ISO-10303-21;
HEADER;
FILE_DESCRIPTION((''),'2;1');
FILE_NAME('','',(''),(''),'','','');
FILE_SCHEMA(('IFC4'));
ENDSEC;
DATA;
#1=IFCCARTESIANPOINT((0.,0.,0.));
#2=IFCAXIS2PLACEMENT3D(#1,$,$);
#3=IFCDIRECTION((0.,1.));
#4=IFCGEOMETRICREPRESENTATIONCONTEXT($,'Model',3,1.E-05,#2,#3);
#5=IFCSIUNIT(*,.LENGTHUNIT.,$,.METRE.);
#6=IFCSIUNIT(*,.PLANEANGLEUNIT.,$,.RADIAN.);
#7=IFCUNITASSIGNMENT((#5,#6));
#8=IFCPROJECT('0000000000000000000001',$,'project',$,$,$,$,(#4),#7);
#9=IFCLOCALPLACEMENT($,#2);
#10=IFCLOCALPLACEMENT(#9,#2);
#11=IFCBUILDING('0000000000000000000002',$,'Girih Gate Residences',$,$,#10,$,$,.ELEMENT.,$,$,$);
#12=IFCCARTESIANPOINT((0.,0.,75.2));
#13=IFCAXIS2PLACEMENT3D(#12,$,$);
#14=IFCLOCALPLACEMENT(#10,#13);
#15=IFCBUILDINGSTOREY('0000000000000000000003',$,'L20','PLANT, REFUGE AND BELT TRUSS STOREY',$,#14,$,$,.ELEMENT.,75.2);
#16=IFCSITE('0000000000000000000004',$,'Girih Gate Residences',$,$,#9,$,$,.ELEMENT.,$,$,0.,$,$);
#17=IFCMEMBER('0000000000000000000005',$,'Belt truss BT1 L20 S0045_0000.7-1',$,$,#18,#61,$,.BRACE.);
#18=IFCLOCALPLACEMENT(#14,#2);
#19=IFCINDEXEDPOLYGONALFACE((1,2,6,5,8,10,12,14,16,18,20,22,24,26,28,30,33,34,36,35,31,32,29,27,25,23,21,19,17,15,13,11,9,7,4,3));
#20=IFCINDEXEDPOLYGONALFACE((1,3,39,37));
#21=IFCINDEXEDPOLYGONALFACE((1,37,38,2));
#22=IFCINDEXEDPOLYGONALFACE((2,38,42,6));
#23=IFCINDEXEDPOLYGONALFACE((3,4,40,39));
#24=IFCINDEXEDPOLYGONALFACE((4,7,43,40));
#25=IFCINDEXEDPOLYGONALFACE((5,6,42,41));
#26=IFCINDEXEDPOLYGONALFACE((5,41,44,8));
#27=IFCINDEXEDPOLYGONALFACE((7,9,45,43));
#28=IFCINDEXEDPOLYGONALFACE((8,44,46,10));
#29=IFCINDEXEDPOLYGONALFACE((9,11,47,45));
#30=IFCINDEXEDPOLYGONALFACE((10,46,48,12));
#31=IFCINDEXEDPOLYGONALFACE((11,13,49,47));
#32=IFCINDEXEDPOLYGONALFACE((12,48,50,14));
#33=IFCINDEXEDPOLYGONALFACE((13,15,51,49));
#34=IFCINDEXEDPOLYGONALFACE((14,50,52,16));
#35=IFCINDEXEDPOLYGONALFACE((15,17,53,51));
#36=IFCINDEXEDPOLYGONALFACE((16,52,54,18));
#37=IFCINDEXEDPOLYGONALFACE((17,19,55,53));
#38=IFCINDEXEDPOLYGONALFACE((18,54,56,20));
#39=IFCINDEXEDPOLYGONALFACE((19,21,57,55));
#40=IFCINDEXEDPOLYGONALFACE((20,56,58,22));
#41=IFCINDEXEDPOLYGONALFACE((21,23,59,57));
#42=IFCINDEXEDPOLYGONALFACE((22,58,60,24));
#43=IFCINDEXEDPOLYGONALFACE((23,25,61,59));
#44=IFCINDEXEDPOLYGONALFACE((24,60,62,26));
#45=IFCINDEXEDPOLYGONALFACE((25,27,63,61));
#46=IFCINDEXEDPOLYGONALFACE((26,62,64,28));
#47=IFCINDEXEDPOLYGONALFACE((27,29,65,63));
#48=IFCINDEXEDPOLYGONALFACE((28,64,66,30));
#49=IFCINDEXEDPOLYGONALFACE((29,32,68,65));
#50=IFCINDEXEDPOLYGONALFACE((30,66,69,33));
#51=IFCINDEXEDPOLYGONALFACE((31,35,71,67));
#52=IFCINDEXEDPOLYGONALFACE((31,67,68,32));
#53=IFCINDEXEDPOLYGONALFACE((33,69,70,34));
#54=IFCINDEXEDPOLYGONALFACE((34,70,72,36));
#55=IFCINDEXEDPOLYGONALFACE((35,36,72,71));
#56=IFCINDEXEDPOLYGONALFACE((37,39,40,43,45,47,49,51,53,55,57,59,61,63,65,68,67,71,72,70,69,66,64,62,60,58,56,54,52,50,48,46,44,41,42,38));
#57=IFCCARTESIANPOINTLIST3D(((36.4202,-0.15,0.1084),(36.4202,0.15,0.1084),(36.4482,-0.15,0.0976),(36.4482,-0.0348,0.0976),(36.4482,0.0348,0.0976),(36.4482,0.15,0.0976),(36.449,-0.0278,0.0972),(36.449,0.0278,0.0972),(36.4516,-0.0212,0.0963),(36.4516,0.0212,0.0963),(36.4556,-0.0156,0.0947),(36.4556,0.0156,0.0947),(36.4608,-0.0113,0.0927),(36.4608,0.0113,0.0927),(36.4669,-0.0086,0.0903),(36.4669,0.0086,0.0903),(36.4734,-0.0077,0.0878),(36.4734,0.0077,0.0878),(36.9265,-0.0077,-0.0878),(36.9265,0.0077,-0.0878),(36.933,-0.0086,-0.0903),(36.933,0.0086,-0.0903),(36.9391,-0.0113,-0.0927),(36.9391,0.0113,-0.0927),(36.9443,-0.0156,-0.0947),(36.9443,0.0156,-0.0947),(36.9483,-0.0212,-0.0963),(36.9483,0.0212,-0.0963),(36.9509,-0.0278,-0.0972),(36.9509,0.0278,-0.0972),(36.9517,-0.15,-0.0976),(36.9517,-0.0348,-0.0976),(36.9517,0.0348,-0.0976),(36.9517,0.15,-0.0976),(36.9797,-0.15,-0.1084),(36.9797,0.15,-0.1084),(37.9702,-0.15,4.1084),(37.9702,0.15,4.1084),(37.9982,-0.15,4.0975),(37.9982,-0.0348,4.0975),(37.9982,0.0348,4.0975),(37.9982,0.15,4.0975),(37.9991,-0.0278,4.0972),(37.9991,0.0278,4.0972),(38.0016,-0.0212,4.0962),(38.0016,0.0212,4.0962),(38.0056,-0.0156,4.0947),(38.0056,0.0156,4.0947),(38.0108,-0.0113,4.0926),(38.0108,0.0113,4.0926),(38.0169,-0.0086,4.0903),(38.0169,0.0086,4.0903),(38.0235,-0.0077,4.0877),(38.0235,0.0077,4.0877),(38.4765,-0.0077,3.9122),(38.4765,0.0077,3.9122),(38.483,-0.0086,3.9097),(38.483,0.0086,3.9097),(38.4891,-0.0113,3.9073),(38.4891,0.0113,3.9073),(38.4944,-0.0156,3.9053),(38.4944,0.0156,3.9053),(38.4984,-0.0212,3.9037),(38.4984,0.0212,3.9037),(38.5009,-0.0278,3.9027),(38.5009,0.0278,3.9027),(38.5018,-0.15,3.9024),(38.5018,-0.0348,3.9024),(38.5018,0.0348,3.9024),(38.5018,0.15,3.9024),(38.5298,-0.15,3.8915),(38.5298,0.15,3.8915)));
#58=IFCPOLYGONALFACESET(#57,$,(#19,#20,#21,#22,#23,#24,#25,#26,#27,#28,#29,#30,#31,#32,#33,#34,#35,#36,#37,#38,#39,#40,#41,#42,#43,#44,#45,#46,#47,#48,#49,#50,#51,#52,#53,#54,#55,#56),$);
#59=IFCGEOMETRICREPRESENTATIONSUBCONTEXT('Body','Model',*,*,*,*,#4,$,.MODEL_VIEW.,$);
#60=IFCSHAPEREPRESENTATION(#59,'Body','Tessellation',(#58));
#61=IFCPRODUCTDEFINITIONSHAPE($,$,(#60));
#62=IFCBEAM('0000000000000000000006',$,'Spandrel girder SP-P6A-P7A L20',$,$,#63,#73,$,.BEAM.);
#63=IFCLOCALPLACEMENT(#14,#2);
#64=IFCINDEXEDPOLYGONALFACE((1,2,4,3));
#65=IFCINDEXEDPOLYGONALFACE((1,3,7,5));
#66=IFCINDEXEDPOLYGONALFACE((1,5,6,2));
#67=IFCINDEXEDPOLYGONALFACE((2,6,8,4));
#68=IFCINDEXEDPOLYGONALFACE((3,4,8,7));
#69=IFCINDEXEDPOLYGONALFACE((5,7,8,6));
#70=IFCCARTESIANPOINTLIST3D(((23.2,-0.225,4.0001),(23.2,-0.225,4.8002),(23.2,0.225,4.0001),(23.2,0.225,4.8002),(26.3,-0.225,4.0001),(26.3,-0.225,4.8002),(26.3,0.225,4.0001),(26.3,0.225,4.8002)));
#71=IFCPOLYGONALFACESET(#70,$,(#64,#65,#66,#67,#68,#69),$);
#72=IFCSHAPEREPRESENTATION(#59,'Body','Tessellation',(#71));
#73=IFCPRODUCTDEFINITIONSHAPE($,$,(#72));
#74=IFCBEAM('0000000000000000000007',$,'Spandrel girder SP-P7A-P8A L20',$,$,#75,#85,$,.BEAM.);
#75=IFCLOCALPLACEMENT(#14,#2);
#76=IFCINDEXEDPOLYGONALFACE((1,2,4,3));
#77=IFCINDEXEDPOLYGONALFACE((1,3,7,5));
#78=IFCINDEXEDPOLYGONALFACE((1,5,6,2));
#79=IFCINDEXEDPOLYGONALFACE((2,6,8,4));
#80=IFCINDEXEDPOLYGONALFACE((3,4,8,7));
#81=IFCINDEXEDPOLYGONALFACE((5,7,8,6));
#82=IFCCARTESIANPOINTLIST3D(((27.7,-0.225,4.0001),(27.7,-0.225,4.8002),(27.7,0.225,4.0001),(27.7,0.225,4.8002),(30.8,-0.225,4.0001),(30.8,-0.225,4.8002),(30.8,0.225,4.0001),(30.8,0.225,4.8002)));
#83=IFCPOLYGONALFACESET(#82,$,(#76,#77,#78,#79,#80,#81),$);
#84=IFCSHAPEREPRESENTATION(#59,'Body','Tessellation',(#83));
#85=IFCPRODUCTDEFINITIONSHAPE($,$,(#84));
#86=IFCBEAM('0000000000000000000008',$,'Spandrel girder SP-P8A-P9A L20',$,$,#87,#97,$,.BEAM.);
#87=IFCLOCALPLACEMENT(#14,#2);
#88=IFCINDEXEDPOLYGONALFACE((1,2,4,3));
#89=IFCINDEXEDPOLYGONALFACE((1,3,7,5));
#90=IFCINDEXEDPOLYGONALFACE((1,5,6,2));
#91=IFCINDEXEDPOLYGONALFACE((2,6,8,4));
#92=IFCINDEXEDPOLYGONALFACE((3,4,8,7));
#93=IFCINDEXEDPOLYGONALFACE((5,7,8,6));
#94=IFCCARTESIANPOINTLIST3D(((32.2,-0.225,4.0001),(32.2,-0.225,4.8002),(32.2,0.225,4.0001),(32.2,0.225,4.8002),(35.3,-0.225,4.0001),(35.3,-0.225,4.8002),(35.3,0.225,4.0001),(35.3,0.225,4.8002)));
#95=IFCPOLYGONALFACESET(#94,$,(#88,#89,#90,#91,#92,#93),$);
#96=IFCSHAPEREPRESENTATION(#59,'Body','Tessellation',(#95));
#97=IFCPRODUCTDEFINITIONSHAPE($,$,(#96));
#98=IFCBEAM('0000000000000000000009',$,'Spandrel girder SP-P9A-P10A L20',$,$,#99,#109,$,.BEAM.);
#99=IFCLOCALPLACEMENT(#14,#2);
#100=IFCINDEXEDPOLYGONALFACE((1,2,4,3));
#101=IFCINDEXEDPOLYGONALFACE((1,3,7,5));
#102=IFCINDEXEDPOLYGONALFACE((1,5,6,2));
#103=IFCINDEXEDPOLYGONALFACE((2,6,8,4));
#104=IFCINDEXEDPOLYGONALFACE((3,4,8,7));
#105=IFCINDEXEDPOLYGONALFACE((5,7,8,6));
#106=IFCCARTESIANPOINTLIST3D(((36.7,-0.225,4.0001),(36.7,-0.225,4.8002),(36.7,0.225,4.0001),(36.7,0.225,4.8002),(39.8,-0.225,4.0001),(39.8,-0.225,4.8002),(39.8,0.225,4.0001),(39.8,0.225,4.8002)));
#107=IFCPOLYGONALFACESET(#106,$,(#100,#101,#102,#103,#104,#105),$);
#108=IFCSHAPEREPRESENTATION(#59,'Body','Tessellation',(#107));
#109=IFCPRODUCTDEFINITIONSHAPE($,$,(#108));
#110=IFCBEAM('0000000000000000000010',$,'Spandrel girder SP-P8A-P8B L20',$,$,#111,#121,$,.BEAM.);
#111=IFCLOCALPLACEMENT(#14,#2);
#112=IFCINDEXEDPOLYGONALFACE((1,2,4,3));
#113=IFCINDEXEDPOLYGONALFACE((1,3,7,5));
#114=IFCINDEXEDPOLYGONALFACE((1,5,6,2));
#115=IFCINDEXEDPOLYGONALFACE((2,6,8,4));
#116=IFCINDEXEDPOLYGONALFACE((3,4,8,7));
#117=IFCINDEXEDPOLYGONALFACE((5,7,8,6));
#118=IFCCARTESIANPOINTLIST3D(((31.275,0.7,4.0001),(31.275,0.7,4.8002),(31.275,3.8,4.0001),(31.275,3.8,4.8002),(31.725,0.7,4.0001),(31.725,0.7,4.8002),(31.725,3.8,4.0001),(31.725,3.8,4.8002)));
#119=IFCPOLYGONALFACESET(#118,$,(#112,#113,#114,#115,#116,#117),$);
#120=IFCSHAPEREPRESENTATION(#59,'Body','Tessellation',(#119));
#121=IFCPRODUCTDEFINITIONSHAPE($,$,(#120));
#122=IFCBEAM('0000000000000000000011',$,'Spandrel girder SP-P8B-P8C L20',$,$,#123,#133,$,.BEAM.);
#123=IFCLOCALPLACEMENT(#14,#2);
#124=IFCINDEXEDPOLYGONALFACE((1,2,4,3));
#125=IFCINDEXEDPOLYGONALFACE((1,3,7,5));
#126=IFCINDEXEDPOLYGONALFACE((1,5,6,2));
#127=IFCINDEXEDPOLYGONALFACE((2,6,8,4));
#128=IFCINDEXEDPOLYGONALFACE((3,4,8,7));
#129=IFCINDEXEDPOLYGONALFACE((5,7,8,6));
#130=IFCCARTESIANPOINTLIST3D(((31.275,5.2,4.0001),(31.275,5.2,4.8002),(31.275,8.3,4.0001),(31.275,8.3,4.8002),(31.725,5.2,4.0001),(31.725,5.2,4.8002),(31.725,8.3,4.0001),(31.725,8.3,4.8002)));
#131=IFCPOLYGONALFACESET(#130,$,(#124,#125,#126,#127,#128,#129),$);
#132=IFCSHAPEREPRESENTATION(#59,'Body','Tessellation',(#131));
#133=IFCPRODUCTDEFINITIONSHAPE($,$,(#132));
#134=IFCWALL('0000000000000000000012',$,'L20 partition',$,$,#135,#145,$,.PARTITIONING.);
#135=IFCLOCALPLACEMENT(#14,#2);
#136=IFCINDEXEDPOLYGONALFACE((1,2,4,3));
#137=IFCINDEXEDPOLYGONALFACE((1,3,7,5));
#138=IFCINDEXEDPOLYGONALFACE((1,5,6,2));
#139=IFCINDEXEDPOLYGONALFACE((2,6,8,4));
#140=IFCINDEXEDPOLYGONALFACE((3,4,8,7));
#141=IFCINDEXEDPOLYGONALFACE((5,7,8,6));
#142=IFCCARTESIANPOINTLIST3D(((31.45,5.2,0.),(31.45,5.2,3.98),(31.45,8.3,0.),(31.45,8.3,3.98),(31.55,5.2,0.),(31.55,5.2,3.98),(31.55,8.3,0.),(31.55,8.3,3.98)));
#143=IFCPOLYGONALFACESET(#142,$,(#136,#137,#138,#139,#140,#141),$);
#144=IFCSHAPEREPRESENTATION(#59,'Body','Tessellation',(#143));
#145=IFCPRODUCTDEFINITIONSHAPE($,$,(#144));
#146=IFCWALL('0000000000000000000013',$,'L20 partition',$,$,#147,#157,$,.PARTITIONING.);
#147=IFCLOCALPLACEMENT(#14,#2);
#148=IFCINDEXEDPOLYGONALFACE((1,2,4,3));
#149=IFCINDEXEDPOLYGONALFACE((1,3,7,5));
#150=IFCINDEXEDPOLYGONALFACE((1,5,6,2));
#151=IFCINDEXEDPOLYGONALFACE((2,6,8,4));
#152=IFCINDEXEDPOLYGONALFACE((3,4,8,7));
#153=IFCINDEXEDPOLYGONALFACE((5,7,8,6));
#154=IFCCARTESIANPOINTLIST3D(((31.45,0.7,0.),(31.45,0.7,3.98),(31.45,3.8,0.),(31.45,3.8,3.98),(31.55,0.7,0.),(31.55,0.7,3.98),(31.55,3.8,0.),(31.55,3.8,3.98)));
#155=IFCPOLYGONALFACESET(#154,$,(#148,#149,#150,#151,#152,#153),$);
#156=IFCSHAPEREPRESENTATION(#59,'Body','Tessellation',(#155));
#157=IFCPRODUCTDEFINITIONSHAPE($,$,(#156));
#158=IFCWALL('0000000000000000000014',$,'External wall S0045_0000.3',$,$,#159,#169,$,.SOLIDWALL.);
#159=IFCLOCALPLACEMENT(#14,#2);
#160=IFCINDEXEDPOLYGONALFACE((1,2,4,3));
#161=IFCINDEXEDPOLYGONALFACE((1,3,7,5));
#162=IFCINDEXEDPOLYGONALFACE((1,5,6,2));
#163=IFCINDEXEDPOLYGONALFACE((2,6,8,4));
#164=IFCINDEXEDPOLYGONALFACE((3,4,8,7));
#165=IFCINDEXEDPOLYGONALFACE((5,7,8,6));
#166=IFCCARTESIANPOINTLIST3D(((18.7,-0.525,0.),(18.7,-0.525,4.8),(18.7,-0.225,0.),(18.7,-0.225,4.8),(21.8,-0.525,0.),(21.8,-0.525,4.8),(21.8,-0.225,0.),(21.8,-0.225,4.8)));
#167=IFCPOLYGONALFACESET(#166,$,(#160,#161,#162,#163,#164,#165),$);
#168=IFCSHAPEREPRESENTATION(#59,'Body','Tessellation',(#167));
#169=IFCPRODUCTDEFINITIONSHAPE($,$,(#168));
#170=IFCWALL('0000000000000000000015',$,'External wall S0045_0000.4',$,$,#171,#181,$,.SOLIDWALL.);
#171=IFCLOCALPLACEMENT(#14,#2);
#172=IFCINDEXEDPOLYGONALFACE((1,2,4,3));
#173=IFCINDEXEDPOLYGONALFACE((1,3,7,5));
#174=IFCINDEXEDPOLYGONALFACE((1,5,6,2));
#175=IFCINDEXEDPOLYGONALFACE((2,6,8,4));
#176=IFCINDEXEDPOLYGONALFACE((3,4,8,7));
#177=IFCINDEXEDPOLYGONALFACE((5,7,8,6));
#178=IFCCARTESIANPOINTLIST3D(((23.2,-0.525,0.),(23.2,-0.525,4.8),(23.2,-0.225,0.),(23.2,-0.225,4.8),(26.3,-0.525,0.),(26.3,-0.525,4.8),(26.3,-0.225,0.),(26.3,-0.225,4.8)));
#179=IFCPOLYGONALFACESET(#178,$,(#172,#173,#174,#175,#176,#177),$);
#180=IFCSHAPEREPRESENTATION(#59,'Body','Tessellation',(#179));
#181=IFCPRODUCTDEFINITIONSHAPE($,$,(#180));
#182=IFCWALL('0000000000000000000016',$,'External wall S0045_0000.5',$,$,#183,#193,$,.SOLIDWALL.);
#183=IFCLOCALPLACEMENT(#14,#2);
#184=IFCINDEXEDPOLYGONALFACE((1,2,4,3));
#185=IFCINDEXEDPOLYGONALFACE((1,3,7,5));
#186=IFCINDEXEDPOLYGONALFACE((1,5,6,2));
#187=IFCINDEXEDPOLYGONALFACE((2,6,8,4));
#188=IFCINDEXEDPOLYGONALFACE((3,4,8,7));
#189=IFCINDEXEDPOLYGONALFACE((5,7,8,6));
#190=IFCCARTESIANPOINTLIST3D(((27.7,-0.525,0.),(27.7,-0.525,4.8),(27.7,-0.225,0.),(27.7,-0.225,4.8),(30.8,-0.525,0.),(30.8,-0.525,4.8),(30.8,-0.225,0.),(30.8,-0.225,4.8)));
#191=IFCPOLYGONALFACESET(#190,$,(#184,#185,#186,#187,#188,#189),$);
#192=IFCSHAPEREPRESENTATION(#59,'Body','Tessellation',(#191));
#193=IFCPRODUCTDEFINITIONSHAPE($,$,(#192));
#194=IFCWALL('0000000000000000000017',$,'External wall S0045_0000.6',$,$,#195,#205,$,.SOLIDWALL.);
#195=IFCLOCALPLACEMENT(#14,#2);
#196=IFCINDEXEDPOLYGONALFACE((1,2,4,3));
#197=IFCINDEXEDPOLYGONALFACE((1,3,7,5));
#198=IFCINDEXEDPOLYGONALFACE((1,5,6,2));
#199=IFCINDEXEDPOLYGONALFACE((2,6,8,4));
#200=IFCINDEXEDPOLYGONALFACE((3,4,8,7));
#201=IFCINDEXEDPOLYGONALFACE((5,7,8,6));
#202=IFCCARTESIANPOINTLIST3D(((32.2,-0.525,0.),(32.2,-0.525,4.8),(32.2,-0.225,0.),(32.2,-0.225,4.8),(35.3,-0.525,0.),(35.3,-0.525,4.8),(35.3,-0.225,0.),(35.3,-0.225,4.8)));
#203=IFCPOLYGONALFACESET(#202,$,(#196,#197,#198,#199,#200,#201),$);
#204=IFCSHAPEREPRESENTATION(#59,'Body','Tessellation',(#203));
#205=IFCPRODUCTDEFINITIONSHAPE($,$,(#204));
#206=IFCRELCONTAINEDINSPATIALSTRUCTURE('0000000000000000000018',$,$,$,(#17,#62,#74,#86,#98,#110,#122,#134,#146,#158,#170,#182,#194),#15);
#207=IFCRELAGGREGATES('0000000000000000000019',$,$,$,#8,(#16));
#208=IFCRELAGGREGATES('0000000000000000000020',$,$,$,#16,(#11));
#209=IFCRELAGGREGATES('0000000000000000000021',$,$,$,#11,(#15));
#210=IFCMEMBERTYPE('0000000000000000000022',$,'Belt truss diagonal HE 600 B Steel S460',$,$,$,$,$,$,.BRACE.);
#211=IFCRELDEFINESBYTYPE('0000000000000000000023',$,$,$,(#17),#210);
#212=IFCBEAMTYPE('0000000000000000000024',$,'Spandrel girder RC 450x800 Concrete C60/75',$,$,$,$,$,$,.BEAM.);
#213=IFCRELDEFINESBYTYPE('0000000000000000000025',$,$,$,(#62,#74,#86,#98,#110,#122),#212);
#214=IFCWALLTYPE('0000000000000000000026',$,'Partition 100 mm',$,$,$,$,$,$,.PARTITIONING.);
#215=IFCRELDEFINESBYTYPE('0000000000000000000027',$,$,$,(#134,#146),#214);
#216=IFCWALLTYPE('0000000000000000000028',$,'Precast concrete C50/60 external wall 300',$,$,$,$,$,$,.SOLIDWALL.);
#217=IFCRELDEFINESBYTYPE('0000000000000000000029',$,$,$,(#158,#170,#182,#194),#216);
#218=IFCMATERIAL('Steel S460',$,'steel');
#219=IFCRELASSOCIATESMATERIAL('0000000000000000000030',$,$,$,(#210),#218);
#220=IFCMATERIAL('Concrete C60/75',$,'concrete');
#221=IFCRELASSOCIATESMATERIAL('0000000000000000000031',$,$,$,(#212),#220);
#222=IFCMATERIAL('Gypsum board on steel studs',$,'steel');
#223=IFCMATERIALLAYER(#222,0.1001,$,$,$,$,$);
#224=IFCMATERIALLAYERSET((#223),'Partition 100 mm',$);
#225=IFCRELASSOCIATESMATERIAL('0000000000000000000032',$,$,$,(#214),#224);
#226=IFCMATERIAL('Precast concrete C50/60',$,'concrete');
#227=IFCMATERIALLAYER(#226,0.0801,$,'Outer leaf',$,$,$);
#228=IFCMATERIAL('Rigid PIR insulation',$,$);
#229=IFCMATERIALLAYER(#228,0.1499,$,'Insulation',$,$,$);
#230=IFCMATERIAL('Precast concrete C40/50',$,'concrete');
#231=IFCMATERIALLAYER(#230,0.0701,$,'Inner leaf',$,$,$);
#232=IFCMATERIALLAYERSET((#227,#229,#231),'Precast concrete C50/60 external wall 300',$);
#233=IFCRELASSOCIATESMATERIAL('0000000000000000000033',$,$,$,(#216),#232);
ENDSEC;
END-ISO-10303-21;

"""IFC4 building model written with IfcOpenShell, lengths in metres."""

from ifc_helpers import new_model, si_unit, direction, frame, frame_2d, origin, origin_2d, place, context, subcontext, project, spatial, rectangle, i_section, extrude, material, layer, layer_set, material_profile, profile_set, type_object, element, save


model = new_model("IFC4")

# Units and contexts
model_context = context("Model", 3, precision=1e-05, world=origin(), true_north=direction((0.0, 1.0)))
body_context = subcontext(model_context, "Body", "Model", "MODEL_VIEW")
ifc_project = project(units=[si_unit("LENGTHUNIT", "METRE"), si_unit("PLANEANGLEUNIT", "RADIAN")], contexts=[model_context])

# Site, building, storey
site_placement = place(None, origin())
site = spatial("IfcSite", under=ifc_project, at=site_placement, Name="Girih Gate Residences", CompositionType="ELEMENT", RefElevation=0.0)
building_placement = place(site_placement, origin())
building = spatial("IfcBuilding", under=site, at=building_placement, Name="Girih Gate Residences", CompositionType="ELEMENT")
storey_placement = place(building_placement, frame((0.0, 0.0, 75.2)))
storey = spatial("IfcBuildingStorey", under=building, at=storey_placement, Name="L20", Description="PLANT, REFUGE AND BELT TRUSS STOREY", CompositionType="ELEMENT", Elevation=75.2)

# Member
ifc_material_1 = material(Name="Steel S460", Category="steel")
ifc_material_profile_1 = material_profile(ifc_material_1, i_section(OverallWidth=0.3, OverallDepth=0.6001, WebThickness=0.0154, FlangeThickness=0.03, FilletRadius=0.0271, at=origin_2d()))
ifc_profile_set_1 = profile_set([ifc_material_profile_1], Name="Steel S460")
member_type = type_object("IfcMemberType", Name="Belt truss diagonal HE 600 B Steel S460", PredefinedType="BRACE", material=ifc_profile_set_1)
for number, where, z_axis, x_axis, name in (
    (1, (36.7, 0.0, 0.0), (0.361331, 0.0, 0.932438), (0.0, 1.0, 0.0), "Belt truss BT1 L20 S0045_0000.7-1"),
):
    element("IfcMember", number, at=place(storey_placement, frame(where, z_axis=z_axis, x_axis=x_axis)), inside=storey, type_object=member_type, Name=name, PredefinedType="BRACE", context=body_context, shape_type="SweptSolid", body=[
        extrude(i_section(OverallWidth=0.3, OverallDepth=0.6001, WebThickness=0.0154, FlangeThickness=0.03, FilletRadius=0.0271, at=origin_2d()), origin(), (0.0, 0.0, 1.0), 4.2898),
    ])

# Beams
ifc_material_2 = material(Name="Concrete C60/75", Category="concrete")
ifc_material_profile_2 = material_profile(ifc_material_2, rectangle(XDim=0.45, YDim=0.8, at=origin_2d()))
ifc_profile_set_2 = profile_set([ifc_material_profile_2], Name="Concrete C60/75")
beam_type = type_object("IfcBeamType", Name="Spandrel girder RC 450x800 Concrete C60/75", PredefinedType="BEAM", material=ifc_profile_set_2)
for number, where, z_axis, x_axis, name in (
    (2, (23.2, 0.0, 4.4001), (1.0, 0.0, 0.0), (0.0, 1.0, 0.0), "Spandrel girder SP-P6A-P7A L20"),
    (3, (27.7, 0.0, 4.4001), (1.0, 0.0, 0.0), (0.0, 1.0, 0.0), "Spandrel girder SP-P7A-P8A L20"),
    (4, (32.2, 0.0, 4.4001), (1.0, 0.0, 0.0), (0.0, 1.0, 0.0), "Spandrel girder SP-P8A-P9A L20"),
    (5, (36.7, 0.0, 4.4001), (1.0, 0.0, 0.0), (0.0, 1.0, 0.0), "Spandrel girder SP-P9A-P10A L20"),
    (6, (31.5, 0.7, 4.4001), (0.0, 1.0, 0.0), (-1.0, 0.0, 0.0), "Spandrel girder SP-P8A-P8B L20"),
    (7, (31.5, 5.2, 4.4001), (0.0, 1.0, 0.0), (-1.0, 0.0, 0.0), "Spandrel girder SP-P8B-P8C L20"),
):
    element("IfcBeam", number, at=place(storey_placement, frame(where, z_axis=z_axis, x_axis=x_axis)), inside=storey, type_object=beam_type, Name=name, PredefinedType="BEAM", context=body_context, shape_type="SweptSolid", body=[
        extrude(rectangle(XDim=0.45, YDim=0.8, at=origin_2d()), origin(), (0.0, 0.0, 1.0), 3.1001),
    ])

# Walls
ifc_material_3 = material(Name="Gypsum board on steel studs", Category="steel")
ifc_layer_1 = layer(ifc_material_3, 0.1001)
ifc_layer_set_1 = layer_set([ifc_layer_1], Name="Partition 100 mm")
wall_type_1 = type_object("IfcWallType", Name="Partition 100 mm", PredefinedType="PARTITIONING", material=ifc_layer_set_1)
for number, where, z_axis, x_axis, name in (
    (8, (31.5, 5.2, 0.0), (0.0, 0.0, 1.0), (0.0, 1.0, 0.0), "L20 partition"),
    (9, (31.5, 0.7, 0.0), (0.0, 0.0, 1.0), (0.0, 1.0, 0.0), "L20 partition"),
):
    element("IfcWall", number, at=place(storey_placement, frame(where, z_axis=z_axis, x_axis=x_axis)), inside=storey, type_object=wall_type_1, Name=name, PredefinedType="PARTITIONING", context=body_context, shape_type="SweptSolid", body=[
        extrude(rectangle(XDim=3.1001, YDim=0.1001, at=frame_2d((1.55, 0.0))), origin(), (0.0, 0.0, 1.0), 3.98),
    ])
ifc_material_4 = material(Name="Precast concrete C50/60", Category="concrete")
ifc_layer_2 = layer(ifc_material_4, 0.0801, Name="Outer leaf")
ifc_material_5 = material(Name="Rigid PIR insulation")
ifc_layer_3 = layer(ifc_material_5, 0.1499, Name="Insulation")
ifc_material_6 = material(Name="Precast concrete C40/50", Category="concrete")
ifc_layer_4 = layer(ifc_material_6, 0.0701, Name="Inner leaf")
ifc_layer_set_2 = layer_set([ifc_layer_2, ifc_layer_3, ifc_layer_4], Name="Precast concrete C50/60 external wall 300")
wall_type_2 = type_object("IfcWallType", Name="Precast concrete C50/60 external wall 300", PredefinedType="SOLIDWALL", material=ifc_layer_set_2)
for number, where, z_axis, x_axis, name in (
    (10, (21.8, -0.375, 0.0), (0.0, 0.0, 1.0), (-1.0, 0.0, 0.0), "External wall S0045_0000.3"),
    (11, (26.3, -0.375, 0.0), (0.0, 0.0, 1.0), (-1.0, 0.0, 0.0), "External wall S0045_0000.4"),
    (12, (30.8, -0.375, 0.0), (0.0, 0.0, 1.0), (-1.0, 0.0, 0.0), "External wall S0045_0000.5"),
    (13, (35.3, -0.375, 0.0), (0.0, 0.0, 1.0), (-1.0, 0.0, 0.0), "External wall S0045_0000.6"),
):
    element("IfcWall", number, at=place(storey_placement, frame(where, z_axis=z_axis, x_axis=x_axis)), inside=storey, type_object=wall_type_2, Name=name, PredefinedType="SOLIDWALL", context=body_context, shape_type="SweptSolid", body=[
        extrude(rectangle(XDim=3.1001, YDim=0.3, at=frame_2d((1.55, 0.0))), origin(), (0.0, 0.0, 1.0), 4.8),
    ])

save(model, "model.ifc")
